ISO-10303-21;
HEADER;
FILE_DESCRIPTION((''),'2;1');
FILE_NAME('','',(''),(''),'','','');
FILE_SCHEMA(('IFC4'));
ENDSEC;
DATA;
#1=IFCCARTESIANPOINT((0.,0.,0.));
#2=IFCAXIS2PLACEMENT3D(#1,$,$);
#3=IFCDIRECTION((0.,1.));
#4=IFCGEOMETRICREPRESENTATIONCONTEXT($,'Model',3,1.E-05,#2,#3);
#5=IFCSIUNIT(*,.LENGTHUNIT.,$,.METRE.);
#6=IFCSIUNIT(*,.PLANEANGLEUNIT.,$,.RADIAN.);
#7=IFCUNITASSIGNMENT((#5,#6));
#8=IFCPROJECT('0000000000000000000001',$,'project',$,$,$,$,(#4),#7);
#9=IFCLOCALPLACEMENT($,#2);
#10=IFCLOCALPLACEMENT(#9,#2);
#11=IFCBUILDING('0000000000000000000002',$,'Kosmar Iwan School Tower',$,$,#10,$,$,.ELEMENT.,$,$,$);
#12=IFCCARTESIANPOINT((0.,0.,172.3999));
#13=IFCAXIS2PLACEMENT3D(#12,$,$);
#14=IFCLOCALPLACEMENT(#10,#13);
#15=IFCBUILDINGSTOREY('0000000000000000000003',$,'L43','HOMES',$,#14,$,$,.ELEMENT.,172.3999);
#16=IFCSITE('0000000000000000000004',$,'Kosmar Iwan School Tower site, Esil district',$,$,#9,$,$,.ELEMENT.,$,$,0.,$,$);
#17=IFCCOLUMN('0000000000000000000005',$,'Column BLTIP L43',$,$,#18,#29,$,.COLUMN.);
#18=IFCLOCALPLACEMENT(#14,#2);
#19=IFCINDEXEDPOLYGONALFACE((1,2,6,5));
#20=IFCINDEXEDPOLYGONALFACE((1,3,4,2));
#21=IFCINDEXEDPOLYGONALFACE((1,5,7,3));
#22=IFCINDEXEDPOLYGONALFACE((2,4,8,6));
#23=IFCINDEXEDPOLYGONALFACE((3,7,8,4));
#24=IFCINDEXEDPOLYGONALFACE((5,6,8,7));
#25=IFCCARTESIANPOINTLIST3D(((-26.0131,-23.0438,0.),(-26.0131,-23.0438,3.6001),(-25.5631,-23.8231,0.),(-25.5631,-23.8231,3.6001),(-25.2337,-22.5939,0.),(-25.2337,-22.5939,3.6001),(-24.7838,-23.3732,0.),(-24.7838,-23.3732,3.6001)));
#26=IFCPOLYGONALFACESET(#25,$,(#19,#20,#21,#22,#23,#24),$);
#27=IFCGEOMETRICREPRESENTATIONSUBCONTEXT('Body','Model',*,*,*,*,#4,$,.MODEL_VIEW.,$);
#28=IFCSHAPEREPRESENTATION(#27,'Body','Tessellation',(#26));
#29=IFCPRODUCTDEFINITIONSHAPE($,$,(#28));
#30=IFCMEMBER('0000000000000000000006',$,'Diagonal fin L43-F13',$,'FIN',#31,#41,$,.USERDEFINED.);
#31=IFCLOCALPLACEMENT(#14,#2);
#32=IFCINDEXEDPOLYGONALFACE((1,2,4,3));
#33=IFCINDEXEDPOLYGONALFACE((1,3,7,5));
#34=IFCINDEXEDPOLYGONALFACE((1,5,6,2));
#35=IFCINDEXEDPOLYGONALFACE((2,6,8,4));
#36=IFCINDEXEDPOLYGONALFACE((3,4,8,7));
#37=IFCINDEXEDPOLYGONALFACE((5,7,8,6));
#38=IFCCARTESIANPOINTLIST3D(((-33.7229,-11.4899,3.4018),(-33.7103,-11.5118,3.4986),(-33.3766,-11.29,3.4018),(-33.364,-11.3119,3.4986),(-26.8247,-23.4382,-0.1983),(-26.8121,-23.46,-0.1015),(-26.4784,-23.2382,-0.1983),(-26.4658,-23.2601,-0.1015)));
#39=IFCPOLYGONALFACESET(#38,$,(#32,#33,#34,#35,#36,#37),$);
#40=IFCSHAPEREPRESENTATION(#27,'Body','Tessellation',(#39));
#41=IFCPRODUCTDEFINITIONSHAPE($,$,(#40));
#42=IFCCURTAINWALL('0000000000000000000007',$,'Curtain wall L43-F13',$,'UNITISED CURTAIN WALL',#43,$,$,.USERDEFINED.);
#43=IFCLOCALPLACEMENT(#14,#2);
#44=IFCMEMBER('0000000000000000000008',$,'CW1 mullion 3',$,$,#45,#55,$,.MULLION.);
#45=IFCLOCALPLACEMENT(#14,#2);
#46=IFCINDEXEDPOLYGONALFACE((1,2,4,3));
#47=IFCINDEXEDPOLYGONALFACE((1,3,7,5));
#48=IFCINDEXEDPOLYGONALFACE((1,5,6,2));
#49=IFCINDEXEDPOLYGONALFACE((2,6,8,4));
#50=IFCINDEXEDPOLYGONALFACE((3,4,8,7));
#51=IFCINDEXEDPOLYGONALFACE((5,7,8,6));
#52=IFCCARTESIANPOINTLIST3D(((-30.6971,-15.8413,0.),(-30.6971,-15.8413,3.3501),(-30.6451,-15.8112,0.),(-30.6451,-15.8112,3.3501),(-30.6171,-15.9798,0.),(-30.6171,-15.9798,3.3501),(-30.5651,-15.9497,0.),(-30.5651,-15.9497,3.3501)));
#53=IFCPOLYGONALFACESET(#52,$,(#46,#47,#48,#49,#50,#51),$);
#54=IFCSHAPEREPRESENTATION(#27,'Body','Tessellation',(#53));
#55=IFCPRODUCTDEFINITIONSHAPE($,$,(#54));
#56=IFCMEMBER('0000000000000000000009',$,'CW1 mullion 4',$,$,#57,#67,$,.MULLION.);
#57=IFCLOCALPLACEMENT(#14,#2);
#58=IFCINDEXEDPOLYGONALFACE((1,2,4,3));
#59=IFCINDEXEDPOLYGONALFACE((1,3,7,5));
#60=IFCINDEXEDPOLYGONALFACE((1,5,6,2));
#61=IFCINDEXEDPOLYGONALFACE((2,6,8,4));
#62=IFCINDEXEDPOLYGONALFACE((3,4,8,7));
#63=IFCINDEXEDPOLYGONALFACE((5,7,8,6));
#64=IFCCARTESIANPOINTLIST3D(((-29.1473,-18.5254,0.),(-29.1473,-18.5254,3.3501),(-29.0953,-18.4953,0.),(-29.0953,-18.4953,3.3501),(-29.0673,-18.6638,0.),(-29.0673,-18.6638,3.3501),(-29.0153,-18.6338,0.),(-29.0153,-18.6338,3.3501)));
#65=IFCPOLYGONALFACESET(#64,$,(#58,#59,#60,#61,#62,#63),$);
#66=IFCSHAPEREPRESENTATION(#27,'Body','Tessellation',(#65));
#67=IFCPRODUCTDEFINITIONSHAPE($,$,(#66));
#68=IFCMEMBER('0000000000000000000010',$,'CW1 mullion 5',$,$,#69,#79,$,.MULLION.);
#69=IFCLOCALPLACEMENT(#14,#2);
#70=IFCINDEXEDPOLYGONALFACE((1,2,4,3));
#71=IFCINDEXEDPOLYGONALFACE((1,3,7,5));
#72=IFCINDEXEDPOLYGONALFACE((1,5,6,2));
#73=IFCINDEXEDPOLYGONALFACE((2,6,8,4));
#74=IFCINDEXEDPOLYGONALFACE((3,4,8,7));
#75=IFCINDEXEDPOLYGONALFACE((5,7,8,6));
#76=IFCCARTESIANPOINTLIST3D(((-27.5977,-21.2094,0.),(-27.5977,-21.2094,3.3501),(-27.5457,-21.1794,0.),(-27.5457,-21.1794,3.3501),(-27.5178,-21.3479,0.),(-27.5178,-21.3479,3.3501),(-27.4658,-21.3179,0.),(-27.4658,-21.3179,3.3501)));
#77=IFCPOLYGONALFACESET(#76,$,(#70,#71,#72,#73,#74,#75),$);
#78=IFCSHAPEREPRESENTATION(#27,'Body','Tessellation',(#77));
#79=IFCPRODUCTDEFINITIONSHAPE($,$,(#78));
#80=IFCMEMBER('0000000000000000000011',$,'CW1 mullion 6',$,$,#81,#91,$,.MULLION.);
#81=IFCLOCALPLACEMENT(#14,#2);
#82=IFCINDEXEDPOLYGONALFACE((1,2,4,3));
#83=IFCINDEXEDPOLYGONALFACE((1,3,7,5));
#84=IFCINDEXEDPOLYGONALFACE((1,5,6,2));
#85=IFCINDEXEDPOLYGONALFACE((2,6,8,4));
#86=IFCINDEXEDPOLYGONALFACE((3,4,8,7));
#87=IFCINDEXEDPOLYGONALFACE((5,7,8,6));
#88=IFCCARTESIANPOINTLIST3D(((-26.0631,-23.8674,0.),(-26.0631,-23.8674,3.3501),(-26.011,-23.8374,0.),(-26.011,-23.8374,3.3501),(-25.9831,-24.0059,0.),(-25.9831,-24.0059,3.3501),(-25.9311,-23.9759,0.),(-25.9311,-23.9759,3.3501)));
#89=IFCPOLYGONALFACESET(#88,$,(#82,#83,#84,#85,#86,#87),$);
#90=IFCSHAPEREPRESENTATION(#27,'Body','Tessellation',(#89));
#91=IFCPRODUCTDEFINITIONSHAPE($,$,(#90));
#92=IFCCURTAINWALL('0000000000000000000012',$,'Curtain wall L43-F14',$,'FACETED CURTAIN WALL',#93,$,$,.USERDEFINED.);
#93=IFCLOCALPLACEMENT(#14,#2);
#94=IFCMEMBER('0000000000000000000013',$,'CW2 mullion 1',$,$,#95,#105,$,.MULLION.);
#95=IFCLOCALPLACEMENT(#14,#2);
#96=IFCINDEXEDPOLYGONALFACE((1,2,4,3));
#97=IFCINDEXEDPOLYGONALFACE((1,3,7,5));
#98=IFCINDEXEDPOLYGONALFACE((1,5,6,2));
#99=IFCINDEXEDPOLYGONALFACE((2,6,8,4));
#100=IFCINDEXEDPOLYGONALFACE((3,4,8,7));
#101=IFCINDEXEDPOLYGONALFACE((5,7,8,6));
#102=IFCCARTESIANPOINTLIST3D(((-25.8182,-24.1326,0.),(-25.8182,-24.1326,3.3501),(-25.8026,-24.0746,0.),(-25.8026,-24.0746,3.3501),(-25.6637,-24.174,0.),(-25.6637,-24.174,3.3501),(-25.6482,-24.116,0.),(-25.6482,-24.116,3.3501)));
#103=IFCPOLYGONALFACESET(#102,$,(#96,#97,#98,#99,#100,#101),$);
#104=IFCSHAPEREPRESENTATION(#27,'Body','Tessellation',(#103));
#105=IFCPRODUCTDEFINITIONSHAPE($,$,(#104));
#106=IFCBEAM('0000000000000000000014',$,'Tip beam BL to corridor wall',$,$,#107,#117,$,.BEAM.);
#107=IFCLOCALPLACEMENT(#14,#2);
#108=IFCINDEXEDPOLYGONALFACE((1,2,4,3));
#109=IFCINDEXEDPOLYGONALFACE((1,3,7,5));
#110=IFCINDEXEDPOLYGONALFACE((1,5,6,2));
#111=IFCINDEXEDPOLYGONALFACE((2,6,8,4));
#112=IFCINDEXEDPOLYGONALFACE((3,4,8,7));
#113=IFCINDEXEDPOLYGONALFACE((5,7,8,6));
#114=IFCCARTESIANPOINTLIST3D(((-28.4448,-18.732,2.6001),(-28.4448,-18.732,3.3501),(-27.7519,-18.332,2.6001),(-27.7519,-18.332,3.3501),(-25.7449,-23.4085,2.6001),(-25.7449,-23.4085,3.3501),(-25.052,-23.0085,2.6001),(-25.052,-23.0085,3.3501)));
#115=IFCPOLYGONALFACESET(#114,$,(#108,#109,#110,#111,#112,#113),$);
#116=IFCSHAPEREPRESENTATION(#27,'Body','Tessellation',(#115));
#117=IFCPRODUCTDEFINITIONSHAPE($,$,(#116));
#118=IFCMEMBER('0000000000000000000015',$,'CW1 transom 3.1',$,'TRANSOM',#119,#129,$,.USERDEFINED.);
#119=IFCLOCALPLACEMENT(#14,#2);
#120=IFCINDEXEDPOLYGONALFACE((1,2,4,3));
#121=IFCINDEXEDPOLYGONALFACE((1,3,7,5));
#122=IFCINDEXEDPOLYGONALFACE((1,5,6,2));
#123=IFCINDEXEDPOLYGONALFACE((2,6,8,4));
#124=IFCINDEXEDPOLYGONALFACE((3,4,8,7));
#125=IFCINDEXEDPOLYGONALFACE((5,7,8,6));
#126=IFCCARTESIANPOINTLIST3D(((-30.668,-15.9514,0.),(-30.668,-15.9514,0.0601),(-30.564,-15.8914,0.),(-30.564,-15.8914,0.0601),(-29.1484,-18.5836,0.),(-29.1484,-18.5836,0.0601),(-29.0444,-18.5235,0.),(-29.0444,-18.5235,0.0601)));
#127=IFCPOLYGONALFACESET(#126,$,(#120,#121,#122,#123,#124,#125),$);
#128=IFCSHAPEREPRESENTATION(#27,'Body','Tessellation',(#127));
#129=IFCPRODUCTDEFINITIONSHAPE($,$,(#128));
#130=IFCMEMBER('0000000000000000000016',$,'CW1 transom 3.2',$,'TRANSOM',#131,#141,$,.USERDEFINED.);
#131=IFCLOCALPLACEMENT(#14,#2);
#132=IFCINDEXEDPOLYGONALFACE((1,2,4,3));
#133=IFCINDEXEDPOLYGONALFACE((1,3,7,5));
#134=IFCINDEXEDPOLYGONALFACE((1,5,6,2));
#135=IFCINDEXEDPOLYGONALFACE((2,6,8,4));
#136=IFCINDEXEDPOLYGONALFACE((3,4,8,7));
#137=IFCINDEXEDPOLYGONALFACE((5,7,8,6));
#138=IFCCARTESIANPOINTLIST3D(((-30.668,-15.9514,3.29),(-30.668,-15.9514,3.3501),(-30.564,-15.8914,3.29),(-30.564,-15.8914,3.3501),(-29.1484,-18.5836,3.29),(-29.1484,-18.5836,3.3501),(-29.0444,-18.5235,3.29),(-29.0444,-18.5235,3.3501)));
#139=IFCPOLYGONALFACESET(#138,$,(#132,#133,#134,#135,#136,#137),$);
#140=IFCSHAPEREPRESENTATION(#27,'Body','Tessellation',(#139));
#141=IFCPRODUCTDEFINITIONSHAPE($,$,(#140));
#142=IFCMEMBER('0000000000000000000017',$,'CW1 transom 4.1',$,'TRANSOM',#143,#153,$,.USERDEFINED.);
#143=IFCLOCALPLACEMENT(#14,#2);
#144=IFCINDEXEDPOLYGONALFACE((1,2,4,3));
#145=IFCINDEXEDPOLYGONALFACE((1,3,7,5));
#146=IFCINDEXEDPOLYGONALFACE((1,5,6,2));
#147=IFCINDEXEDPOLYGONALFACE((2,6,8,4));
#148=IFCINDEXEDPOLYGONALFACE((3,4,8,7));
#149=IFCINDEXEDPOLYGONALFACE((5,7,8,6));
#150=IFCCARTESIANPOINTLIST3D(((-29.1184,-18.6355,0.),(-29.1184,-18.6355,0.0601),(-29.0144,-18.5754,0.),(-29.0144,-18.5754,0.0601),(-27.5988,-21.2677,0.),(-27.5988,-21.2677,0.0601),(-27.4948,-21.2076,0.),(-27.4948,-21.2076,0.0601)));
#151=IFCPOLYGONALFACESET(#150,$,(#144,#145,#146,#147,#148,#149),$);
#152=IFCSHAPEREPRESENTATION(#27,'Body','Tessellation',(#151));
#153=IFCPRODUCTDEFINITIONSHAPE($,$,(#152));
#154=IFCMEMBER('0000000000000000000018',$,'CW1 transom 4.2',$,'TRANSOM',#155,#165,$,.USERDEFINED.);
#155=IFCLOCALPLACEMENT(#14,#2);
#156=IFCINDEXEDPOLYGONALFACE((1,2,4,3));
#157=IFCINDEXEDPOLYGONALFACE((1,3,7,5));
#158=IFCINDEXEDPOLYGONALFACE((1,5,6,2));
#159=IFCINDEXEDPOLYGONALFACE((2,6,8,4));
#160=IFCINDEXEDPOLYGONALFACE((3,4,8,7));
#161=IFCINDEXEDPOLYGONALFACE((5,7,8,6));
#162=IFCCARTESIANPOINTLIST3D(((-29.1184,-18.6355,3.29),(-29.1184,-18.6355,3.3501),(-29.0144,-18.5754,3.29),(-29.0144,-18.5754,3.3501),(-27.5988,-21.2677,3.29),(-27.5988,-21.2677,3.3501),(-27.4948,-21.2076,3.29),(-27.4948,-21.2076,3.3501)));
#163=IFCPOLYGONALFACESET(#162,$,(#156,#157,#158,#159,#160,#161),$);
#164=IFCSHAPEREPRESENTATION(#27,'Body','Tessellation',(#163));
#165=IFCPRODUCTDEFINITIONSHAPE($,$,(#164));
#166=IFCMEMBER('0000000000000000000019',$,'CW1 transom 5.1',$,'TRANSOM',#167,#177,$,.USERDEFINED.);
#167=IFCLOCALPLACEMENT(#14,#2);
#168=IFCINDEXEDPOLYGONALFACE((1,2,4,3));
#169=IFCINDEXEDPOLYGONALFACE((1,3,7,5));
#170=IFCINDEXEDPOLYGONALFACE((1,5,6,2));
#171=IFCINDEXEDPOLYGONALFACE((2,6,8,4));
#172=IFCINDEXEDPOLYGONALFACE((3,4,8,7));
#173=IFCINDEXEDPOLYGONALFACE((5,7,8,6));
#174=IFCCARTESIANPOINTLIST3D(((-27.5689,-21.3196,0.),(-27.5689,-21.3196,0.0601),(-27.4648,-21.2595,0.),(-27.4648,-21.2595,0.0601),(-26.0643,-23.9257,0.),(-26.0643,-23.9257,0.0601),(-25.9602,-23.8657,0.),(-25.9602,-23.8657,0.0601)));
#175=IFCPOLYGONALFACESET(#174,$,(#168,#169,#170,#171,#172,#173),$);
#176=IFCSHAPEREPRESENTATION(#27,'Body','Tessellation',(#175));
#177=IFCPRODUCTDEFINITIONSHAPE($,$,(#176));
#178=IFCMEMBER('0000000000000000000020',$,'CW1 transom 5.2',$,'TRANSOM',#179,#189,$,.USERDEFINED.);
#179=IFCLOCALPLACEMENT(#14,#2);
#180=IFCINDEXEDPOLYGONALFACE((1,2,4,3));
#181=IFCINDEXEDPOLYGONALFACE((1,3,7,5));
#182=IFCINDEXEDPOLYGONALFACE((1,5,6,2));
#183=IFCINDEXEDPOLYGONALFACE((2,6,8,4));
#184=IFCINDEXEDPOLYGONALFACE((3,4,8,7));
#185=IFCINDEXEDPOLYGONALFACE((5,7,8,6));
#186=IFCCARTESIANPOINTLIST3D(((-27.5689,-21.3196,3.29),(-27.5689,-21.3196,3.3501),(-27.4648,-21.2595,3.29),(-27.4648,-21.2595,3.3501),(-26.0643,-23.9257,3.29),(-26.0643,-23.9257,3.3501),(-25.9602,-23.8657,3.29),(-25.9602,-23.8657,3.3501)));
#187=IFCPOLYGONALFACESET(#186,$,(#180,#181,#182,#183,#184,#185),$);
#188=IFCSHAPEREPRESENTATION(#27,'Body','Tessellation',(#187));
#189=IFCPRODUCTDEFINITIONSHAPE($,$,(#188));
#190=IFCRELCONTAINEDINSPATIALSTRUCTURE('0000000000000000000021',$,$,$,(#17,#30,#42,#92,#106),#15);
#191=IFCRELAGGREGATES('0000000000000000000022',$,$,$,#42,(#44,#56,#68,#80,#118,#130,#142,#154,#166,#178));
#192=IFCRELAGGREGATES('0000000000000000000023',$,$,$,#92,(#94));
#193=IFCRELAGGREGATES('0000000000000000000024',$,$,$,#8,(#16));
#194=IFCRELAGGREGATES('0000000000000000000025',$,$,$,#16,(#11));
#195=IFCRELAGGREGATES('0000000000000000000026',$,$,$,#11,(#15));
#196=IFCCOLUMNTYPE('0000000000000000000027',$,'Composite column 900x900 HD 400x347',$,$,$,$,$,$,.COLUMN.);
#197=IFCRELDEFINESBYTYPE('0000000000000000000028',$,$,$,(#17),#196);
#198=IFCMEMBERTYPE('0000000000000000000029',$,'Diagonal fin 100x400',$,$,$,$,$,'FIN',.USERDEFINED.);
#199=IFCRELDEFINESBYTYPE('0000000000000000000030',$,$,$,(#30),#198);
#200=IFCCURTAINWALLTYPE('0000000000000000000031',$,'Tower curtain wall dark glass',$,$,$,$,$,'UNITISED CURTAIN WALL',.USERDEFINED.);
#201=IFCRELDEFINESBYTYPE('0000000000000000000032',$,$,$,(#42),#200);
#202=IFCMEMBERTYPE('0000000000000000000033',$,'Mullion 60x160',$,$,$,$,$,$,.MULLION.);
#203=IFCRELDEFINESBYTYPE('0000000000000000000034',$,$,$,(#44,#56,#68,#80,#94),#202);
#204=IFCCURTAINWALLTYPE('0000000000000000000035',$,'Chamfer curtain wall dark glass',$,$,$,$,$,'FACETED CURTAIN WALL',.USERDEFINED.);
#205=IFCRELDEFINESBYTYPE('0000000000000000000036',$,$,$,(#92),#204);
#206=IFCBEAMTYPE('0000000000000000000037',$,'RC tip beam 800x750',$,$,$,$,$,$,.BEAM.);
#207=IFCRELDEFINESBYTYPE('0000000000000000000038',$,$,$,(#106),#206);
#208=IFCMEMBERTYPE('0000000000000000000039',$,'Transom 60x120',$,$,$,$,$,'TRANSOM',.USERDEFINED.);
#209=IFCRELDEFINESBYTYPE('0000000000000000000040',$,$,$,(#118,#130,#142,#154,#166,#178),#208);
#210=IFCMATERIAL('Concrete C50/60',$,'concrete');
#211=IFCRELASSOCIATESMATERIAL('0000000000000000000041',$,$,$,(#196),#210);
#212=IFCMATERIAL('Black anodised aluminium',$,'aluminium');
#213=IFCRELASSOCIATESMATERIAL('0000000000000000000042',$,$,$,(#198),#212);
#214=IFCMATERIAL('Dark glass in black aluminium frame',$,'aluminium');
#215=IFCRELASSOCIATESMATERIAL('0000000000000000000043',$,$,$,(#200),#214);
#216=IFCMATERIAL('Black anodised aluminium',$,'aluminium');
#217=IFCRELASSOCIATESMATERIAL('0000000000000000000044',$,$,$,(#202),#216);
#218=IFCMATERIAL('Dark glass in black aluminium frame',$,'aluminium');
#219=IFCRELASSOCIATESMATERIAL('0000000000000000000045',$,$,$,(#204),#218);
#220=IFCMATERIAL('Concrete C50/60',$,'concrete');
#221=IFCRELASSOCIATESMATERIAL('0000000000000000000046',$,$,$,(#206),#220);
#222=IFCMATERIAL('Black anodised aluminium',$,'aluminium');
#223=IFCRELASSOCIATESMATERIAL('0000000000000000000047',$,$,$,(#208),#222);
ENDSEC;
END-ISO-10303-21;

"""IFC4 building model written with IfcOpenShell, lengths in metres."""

from ifc_helpers import new_model, si_unit, direction, frame, origin, origin_2d, place, context, subcontext, project, spatial, rectangle, extrude, material, material_profile, profile_set, type_object, element, aggregate, save


model = new_model("IFC4")

# Units and contexts
model_context = context("Model", 3, precision=1e-05, world=origin(), true_north=direction((0.0, 1.0)))
body_context = subcontext(model_context, "Body", "Model", "MODEL_VIEW")
ifc_project = project(units=[si_unit("LENGTHUNIT", "METRE"), si_unit("PLANEANGLEUNIT", "RADIAN")], contexts=[model_context])

# Site, building, storey
site_placement = place(None, origin())
site = spatial("IfcSite", under=ifc_project, at=site_placement, Name="Kosmar Iwan School Tower site, Esil district", CompositionType="ELEMENT", RefElevation=0.0)
building_placement = place(site_placement, origin())
building = spatial("IfcBuilding", under=site, at=building_placement, Name="Kosmar Iwan School Tower", CompositionType="ELEMENT")
storey_placement = place(building_placement, frame((0.0, 0.0, 172.3999)))
storey = spatial("IfcBuildingStorey", under=building, at=storey_placement, Name="L43", Description="HOMES", CompositionType="ELEMENT", Elevation=172.3999)

# Column
ifc_material_1 = material(Name="Concrete C50/60", Category="concrete")
ifc_material_profile_1 = material_profile(ifc_material_1, rectangle(XDim=0.8999, YDim=0.8999, at=origin_2d()), Name="RC 900x900 + HD 400x347")
ifc_profile_set_1 = profile_set([ifc_material_profile_1], Name="Concrete C50/60")
column_type = type_object("IfcColumnType", Name="Composite column 900x900 HD 400x347", PredefinedType="COLUMN", material=ifc_profile_set_1)
column_placement = place(storey_placement, frame((-25.3984, -23.2085, 0.0), z_axis=(0.0, 0.0, 1.0), x_axis=(-0.866025, -0.5, 0.0)))
element("IfcColumn", 1, at=column_placement, inside=storey, type_object=column_type, Name="Column BLTIP L43", PredefinedType="COLUMN", context=body_context, shape_type="SweptSolid", body=[
    extrude(rectangle(XDim=0.8999, YDim=0.8999, at=origin_2d()), origin(), (0.0, 0.0, 1.0), 3.6001),
])

# Member
ifc_material_2 = material(Name="Black anodised aluminium", Category="aluminium")
ifc_material_profile_2 = material_profile(ifc_material_2, rectangle(XDim=0.1001, YDim=0.3999, at=origin_2d()), Name="FIN 100x400")
ifc_profile_set_2 = profile_set([ifc_material_profile_2], Name="Black anodised aluminium")
member_type_1 = type_object("IfcMemberType", Name="Diagonal fin 100x400", ElementType="FIN", PredefinedType="USERDEFINED", material=ifc_profile_set_2)
member_1_placement = place(storey_placement, frame((-26.6453, -23.3491, -0.1499), z_axis=(-0.483793, 0.83797, 0.252487), x_axis=(0.126242, -0.218661, 0.9676)))
element("IfcMember", 2, at=member_1_placement, inside=storey, type_object=member_type_1, Name="Diagonal fin L43-F13", ObjectType="FIN", PredefinedType="USERDEFINED", context=body_context, shape_type="SweptSolid", body=[
    extrude(rectangle(XDim=0.1001, YDim=0.3999, at=origin_2d()), origin(), (0.0, 0.0, 1.0), 14.2585),
])

# Curtain wall, members
ifc_material_3 = material(Name="Dark glass in black aluminium frame", Category="aluminium")
curtain_wall_type_1 = type_object("IfcCurtainWallType", Name="Tower curtain wall dark glass", ElementType="UNITISED CURTAIN WALL", PredefinedType="USERDEFINED", material=ifc_material_3)
curtain_wall_1_placement = place(storey_placement, origin())
curtain_wall_1 = element("IfcCurtainWall", 3, at=curtain_wall_1_placement, inside=storey, type_object=curtain_wall_type_1, Name="Curtain wall L43-F13", ObjectType="UNITISED CURTAIN WALL", PredefinedType="USERDEFINED")
ifc_material_4 = material(Name="Black anodised aluminium", Category="aluminium")
ifc_material_profile_3 = material_profile(ifc_material_4, rectangle(XDim=0.0601, YDim=0.1599, at=origin_2d()), Name="MULLION 60x160")
ifc_profile_set_3 = profile_set([ifc_material_profile_3], Name="Black anodised aluminium")
member_type_2 = type_object("IfcMemberType", Name="Mullion 60x160", PredefinedType="MULLION", material=ifc_profile_set_3)
member_2_placement = place(storey_placement, frame((-30.6311, -15.8955, 0.0), z_axis=(0.0, 0.0, 1.0), x_axis=(0.866025, 0.5, 0.0)))
member_2 = element("IfcMember", 4, at=member_2_placement, type_object=member_type_2, Name="CW1 mullion 3", PredefinedType="MULLION", context=body_context, shape_type="SweptSolid", body=[
    extrude(rectangle(XDim=0.0601, YDim=0.1599, at=origin_2d()), origin(), (0.0, 0.0, 1.0), 3.3501),
])
member_3_placement = place(storey_placement, frame((-29.0813, -18.5796, 0.0), z_axis=(0.0, 0.0, 1.0), x_axis=(0.866025, 0.5, 0.0)))
member_3 = element("IfcMember", 5, at=member_3_placement, type_object=member_type_2, Name="CW1 mullion 4", PredefinedType="MULLION", context=body_context, shape_type="SweptSolid", body=[
    extrude(rectangle(XDim=0.0601, YDim=0.1599, at=origin_2d()), origin(), (0.0, 0.0, 1.0), 3.3501),
])
member_4_placement = place(storey_placement, frame((-27.5317, -21.2637, 0.0), z_axis=(0.0, 0.0, 1.0), x_axis=(0.866025, 0.5, 0.0)))
member_4 = element("IfcMember", 6, at=member_4_placement, type_object=member_type_2, Name="CW1 mullion 5", PredefinedType="MULLION", context=body_context, shape_type="SweptSolid", body=[
    extrude(rectangle(XDim=0.0601, YDim=0.1599, at=origin_2d()), origin(), (0.0, 0.0, 1.0), 3.3501),
])
member_5_placement = place(storey_placement, frame((-25.9971, -23.9216, 0.0), z_axis=(0.0, 0.0, 1.0), x_axis=(0.866025, 0.5, 0.0)))
member_5 = element("IfcMember", 7, at=member_5_placement, type_object=member_type_2, Name="CW1 mullion 6", PredefinedType="MULLION", context=body_context, shape_type="SweptSolid", body=[
    extrude(rectangle(XDim=0.0601, YDim=0.1599, at=origin_2d()), origin(), (0.0, 0.0, 1.0), 3.3501),
])

# Curtain wall, member
ifc_material_5 = material(Name="Dark glass in black aluminium frame", Category="aluminium")
curtain_wall_type_2 = type_object("IfcCurtainWallType", Name="Chamfer curtain wall dark glass", ElementType="FACETED CURTAIN WALL", PredefinedType="USERDEFINED", material=ifc_material_5)
curtain_wall_2_placement = place(storey_placement, origin())
curtain_wall_2 = element("IfcCurtainWall", 8, at=curtain_wall_2_placement, inside=storey, type_object=curtain_wall_type_2, Name="Curtain wall L43-F14", ObjectType="FACETED CURTAIN WALL", PredefinedType="USERDEFINED")
member_6_placement = place(storey_placement, frame((-25.7332, -24.1243, 0.0), z_axis=(0.0, 0.0, 1.0), x_axis=(0.258819, 0.965926, 0.0)))
member_6 = element("IfcMember", 9, at=member_6_placement, type_object=member_type_2, Name="CW2 mullion 1", PredefinedType="MULLION", context=body_context, shape_type="SweptSolid", body=[
    extrude(rectangle(XDim=0.0601, YDim=0.1599, at=origin_2d()), origin(), (0.0, 0.0, 1.0), 3.3501),
])

# Beam
ifc_material_6 = material(Name="Concrete C50/60", Category="concrete")
ifc_material_profile_4 = material_profile(ifc_material_6, rectangle(XDim=0.8, YDim=0.75, at=origin_2d()), Name="RC 800x750")
ifc_profile_set_4 = profile_set([ifc_material_profile_4], Name="Concrete C50/60")
beam_type = type_object("IfcBeamType", Name="RC tip beam 800x750", PredefinedType="BEAM", material=ifc_profile_set_4)
beam_placement = place(storey_placement, frame((-25.3984, -23.2085, 2.9751), z_axis=(-0.499995, 0.866028, 0.0), x_axis=(-0.866028, -0.499995, 0.0)))
element("IfcBeam", 10, at=beam_placement, inside=storey, type_object=beam_type, Name="Tip beam BL to corridor wall", PredefinedType="BEAM", context=body_context, shape_type="SweptSolid", body=[
    extrude(rectangle(XDim=0.8, YDim=0.75, at=origin_2d()), origin(), (0.0, 0.0, 1.0), 5.3999),
])

# Members
ifc_material_7 = material(Name="Black anodised aluminium", Category="aluminium")
ifc_material_profile_5 = material_profile(ifc_material_7, rectangle(XDim=0.1201, YDim=0.0601, at=origin_2d()), Name="TRANSOM 60x120")
ifc_profile_set_5 = profile_set([ifc_material_profile_5], Name="Black anodised aluminium")
member_type_3 = type_object("IfcMemberType", Name="Transom 60x120", ElementType="TRANSOM", PredefinedType="USERDEFINED", material=ifc_profile_set_5)
member_7_placement = place(storey_placement, frame((-30.616, -15.9214, 0.03), z_axis=(0.499975, -0.86604, 0.0), x_axis=(0.86604, 0.499975, 0.0)))
member_7 = element("IfcMember", 11, at=member_7_placement, type_object=member_type_3, Name="CW1 transom 3.1", ObjectType="TRANSOM", PredefinedType="USERDEFINED", context=body_context, shape_type="SweptSolid", body=[
    extrude(rectangle(XDim=0.1201, YDim=0.0601, at=origin_2d()), origin(), (0.0, 0.0, 1.0), 3.0393),
])
member_8_placement = place(storey_placement, frame((-30.616, -15.9214, 3.3201), z_axis=(0.499975, -0.86604, 0.0), x_axis=(0.86604, 0.499975, 0.0)))
member_8 = element("IfcMember", 12, at=member_8_placement, type_object=member_type_3, Name="CW1 transom 3.2", ObjectType="TRANSOM", PredefinedType="USERDEFINED", context=body_context, shape_type="SweptSolid", body=[
    extrude(rectangle(XDim=0.1201, YDim=0.0601, at=origin_2d()), origin(), (0.0, 0.0, 1.0), 3.0393),
])
member_9_placement = place(storey_placement, frame((-29.0664, -18.6055, 0.03), z_axis=(0.499975, -0.86604, 0.0), x_axis=(0.86604, 0.499975, 0.0)))
member_9 = element("IfcMember", 13, at=member_9_placement, type_object=member_type_3, Name="CW1 transom 4.1", ObjectType="TRANSOM", PredefinedType="USERDEFINED", context=body_context, shape_type="SweptSolid", body=[
    extrude(rectangle(XDim=0.1201, YDim=0.0601, at=origin_2d()), origin(), (0.0, 0.0, 1.0), 3.0393),
])
member_10_placement = place(storey_placement, frame((-29.0664, -18.6055, 3.3201), z_axis=(0.499975, -0.86604, 0.0), x_axis=(0.86604, 0.499975, 0.0)))
member_10 = element("IfcMember", 14, at=member_10_placement, type_object=member_type_3, Name="CW1 transom 4.2", ObjectType="TRANSOM", PredefinedType="USERDEFINED", context=body_context, shape_type="SweptSolid", body=[
    extrude(rectangle(XDim=0.1201, YDim=0.0601, at=origin_2d()), origin(), (0.0, 0.0, 1.0), 3.0393),
])
member_11_placement = place(storey_placement, frame((-27.5168, -21.2896, 0.03), z_axis=(0.499987, -0.866033, 0.0), x_axis=(0.866033, 0.499987, 0.0)))
member_11 = element("IfcMember", 15, at=member_11_placement, type_object=member_type_3, Name="CW1 transom 5.1", ObjectType="TRANSOM", PredefinedType="USERDEFINED", context=body_context, shape_type="SweptSolid", body=[
    extrude(rectangle(XDim=0.1201, YDim=0.0601, at=origin_2d()), origin(), (0.0, 0.0, 1.0), 3.0093),
])
member_12_placement = place(storey_placement, frame((-27.5168, -21.2896, 3.3201), z_axis=(0.499987, -0.866033, 0.0), x_axis=(0.866033, 0.499987, 0.0)))
member_12 = element("IfcMember", 16, at=member_12_placement, type_object=member_type_3, Name="CW1 transom 5.2", ObjectType="TRANSOM", PredefinedType="USERDEFINED", context=body_context, shape_type="SweptSolid", body=[
    extrude(rectangle(XDim=0.1201, YDim=0.0601, at=origin_2d()), origin(), (0.0, 0.0, 1.0), 3.0093),
])

aggregate(curtain_wall_1, [member_2, member_3, member_4, member_5, member_7, member_8, member_9, member_10, member_11, member_12])
aggregate(curtain_wall_2, [member_6])

save(model, "model.ifc")
